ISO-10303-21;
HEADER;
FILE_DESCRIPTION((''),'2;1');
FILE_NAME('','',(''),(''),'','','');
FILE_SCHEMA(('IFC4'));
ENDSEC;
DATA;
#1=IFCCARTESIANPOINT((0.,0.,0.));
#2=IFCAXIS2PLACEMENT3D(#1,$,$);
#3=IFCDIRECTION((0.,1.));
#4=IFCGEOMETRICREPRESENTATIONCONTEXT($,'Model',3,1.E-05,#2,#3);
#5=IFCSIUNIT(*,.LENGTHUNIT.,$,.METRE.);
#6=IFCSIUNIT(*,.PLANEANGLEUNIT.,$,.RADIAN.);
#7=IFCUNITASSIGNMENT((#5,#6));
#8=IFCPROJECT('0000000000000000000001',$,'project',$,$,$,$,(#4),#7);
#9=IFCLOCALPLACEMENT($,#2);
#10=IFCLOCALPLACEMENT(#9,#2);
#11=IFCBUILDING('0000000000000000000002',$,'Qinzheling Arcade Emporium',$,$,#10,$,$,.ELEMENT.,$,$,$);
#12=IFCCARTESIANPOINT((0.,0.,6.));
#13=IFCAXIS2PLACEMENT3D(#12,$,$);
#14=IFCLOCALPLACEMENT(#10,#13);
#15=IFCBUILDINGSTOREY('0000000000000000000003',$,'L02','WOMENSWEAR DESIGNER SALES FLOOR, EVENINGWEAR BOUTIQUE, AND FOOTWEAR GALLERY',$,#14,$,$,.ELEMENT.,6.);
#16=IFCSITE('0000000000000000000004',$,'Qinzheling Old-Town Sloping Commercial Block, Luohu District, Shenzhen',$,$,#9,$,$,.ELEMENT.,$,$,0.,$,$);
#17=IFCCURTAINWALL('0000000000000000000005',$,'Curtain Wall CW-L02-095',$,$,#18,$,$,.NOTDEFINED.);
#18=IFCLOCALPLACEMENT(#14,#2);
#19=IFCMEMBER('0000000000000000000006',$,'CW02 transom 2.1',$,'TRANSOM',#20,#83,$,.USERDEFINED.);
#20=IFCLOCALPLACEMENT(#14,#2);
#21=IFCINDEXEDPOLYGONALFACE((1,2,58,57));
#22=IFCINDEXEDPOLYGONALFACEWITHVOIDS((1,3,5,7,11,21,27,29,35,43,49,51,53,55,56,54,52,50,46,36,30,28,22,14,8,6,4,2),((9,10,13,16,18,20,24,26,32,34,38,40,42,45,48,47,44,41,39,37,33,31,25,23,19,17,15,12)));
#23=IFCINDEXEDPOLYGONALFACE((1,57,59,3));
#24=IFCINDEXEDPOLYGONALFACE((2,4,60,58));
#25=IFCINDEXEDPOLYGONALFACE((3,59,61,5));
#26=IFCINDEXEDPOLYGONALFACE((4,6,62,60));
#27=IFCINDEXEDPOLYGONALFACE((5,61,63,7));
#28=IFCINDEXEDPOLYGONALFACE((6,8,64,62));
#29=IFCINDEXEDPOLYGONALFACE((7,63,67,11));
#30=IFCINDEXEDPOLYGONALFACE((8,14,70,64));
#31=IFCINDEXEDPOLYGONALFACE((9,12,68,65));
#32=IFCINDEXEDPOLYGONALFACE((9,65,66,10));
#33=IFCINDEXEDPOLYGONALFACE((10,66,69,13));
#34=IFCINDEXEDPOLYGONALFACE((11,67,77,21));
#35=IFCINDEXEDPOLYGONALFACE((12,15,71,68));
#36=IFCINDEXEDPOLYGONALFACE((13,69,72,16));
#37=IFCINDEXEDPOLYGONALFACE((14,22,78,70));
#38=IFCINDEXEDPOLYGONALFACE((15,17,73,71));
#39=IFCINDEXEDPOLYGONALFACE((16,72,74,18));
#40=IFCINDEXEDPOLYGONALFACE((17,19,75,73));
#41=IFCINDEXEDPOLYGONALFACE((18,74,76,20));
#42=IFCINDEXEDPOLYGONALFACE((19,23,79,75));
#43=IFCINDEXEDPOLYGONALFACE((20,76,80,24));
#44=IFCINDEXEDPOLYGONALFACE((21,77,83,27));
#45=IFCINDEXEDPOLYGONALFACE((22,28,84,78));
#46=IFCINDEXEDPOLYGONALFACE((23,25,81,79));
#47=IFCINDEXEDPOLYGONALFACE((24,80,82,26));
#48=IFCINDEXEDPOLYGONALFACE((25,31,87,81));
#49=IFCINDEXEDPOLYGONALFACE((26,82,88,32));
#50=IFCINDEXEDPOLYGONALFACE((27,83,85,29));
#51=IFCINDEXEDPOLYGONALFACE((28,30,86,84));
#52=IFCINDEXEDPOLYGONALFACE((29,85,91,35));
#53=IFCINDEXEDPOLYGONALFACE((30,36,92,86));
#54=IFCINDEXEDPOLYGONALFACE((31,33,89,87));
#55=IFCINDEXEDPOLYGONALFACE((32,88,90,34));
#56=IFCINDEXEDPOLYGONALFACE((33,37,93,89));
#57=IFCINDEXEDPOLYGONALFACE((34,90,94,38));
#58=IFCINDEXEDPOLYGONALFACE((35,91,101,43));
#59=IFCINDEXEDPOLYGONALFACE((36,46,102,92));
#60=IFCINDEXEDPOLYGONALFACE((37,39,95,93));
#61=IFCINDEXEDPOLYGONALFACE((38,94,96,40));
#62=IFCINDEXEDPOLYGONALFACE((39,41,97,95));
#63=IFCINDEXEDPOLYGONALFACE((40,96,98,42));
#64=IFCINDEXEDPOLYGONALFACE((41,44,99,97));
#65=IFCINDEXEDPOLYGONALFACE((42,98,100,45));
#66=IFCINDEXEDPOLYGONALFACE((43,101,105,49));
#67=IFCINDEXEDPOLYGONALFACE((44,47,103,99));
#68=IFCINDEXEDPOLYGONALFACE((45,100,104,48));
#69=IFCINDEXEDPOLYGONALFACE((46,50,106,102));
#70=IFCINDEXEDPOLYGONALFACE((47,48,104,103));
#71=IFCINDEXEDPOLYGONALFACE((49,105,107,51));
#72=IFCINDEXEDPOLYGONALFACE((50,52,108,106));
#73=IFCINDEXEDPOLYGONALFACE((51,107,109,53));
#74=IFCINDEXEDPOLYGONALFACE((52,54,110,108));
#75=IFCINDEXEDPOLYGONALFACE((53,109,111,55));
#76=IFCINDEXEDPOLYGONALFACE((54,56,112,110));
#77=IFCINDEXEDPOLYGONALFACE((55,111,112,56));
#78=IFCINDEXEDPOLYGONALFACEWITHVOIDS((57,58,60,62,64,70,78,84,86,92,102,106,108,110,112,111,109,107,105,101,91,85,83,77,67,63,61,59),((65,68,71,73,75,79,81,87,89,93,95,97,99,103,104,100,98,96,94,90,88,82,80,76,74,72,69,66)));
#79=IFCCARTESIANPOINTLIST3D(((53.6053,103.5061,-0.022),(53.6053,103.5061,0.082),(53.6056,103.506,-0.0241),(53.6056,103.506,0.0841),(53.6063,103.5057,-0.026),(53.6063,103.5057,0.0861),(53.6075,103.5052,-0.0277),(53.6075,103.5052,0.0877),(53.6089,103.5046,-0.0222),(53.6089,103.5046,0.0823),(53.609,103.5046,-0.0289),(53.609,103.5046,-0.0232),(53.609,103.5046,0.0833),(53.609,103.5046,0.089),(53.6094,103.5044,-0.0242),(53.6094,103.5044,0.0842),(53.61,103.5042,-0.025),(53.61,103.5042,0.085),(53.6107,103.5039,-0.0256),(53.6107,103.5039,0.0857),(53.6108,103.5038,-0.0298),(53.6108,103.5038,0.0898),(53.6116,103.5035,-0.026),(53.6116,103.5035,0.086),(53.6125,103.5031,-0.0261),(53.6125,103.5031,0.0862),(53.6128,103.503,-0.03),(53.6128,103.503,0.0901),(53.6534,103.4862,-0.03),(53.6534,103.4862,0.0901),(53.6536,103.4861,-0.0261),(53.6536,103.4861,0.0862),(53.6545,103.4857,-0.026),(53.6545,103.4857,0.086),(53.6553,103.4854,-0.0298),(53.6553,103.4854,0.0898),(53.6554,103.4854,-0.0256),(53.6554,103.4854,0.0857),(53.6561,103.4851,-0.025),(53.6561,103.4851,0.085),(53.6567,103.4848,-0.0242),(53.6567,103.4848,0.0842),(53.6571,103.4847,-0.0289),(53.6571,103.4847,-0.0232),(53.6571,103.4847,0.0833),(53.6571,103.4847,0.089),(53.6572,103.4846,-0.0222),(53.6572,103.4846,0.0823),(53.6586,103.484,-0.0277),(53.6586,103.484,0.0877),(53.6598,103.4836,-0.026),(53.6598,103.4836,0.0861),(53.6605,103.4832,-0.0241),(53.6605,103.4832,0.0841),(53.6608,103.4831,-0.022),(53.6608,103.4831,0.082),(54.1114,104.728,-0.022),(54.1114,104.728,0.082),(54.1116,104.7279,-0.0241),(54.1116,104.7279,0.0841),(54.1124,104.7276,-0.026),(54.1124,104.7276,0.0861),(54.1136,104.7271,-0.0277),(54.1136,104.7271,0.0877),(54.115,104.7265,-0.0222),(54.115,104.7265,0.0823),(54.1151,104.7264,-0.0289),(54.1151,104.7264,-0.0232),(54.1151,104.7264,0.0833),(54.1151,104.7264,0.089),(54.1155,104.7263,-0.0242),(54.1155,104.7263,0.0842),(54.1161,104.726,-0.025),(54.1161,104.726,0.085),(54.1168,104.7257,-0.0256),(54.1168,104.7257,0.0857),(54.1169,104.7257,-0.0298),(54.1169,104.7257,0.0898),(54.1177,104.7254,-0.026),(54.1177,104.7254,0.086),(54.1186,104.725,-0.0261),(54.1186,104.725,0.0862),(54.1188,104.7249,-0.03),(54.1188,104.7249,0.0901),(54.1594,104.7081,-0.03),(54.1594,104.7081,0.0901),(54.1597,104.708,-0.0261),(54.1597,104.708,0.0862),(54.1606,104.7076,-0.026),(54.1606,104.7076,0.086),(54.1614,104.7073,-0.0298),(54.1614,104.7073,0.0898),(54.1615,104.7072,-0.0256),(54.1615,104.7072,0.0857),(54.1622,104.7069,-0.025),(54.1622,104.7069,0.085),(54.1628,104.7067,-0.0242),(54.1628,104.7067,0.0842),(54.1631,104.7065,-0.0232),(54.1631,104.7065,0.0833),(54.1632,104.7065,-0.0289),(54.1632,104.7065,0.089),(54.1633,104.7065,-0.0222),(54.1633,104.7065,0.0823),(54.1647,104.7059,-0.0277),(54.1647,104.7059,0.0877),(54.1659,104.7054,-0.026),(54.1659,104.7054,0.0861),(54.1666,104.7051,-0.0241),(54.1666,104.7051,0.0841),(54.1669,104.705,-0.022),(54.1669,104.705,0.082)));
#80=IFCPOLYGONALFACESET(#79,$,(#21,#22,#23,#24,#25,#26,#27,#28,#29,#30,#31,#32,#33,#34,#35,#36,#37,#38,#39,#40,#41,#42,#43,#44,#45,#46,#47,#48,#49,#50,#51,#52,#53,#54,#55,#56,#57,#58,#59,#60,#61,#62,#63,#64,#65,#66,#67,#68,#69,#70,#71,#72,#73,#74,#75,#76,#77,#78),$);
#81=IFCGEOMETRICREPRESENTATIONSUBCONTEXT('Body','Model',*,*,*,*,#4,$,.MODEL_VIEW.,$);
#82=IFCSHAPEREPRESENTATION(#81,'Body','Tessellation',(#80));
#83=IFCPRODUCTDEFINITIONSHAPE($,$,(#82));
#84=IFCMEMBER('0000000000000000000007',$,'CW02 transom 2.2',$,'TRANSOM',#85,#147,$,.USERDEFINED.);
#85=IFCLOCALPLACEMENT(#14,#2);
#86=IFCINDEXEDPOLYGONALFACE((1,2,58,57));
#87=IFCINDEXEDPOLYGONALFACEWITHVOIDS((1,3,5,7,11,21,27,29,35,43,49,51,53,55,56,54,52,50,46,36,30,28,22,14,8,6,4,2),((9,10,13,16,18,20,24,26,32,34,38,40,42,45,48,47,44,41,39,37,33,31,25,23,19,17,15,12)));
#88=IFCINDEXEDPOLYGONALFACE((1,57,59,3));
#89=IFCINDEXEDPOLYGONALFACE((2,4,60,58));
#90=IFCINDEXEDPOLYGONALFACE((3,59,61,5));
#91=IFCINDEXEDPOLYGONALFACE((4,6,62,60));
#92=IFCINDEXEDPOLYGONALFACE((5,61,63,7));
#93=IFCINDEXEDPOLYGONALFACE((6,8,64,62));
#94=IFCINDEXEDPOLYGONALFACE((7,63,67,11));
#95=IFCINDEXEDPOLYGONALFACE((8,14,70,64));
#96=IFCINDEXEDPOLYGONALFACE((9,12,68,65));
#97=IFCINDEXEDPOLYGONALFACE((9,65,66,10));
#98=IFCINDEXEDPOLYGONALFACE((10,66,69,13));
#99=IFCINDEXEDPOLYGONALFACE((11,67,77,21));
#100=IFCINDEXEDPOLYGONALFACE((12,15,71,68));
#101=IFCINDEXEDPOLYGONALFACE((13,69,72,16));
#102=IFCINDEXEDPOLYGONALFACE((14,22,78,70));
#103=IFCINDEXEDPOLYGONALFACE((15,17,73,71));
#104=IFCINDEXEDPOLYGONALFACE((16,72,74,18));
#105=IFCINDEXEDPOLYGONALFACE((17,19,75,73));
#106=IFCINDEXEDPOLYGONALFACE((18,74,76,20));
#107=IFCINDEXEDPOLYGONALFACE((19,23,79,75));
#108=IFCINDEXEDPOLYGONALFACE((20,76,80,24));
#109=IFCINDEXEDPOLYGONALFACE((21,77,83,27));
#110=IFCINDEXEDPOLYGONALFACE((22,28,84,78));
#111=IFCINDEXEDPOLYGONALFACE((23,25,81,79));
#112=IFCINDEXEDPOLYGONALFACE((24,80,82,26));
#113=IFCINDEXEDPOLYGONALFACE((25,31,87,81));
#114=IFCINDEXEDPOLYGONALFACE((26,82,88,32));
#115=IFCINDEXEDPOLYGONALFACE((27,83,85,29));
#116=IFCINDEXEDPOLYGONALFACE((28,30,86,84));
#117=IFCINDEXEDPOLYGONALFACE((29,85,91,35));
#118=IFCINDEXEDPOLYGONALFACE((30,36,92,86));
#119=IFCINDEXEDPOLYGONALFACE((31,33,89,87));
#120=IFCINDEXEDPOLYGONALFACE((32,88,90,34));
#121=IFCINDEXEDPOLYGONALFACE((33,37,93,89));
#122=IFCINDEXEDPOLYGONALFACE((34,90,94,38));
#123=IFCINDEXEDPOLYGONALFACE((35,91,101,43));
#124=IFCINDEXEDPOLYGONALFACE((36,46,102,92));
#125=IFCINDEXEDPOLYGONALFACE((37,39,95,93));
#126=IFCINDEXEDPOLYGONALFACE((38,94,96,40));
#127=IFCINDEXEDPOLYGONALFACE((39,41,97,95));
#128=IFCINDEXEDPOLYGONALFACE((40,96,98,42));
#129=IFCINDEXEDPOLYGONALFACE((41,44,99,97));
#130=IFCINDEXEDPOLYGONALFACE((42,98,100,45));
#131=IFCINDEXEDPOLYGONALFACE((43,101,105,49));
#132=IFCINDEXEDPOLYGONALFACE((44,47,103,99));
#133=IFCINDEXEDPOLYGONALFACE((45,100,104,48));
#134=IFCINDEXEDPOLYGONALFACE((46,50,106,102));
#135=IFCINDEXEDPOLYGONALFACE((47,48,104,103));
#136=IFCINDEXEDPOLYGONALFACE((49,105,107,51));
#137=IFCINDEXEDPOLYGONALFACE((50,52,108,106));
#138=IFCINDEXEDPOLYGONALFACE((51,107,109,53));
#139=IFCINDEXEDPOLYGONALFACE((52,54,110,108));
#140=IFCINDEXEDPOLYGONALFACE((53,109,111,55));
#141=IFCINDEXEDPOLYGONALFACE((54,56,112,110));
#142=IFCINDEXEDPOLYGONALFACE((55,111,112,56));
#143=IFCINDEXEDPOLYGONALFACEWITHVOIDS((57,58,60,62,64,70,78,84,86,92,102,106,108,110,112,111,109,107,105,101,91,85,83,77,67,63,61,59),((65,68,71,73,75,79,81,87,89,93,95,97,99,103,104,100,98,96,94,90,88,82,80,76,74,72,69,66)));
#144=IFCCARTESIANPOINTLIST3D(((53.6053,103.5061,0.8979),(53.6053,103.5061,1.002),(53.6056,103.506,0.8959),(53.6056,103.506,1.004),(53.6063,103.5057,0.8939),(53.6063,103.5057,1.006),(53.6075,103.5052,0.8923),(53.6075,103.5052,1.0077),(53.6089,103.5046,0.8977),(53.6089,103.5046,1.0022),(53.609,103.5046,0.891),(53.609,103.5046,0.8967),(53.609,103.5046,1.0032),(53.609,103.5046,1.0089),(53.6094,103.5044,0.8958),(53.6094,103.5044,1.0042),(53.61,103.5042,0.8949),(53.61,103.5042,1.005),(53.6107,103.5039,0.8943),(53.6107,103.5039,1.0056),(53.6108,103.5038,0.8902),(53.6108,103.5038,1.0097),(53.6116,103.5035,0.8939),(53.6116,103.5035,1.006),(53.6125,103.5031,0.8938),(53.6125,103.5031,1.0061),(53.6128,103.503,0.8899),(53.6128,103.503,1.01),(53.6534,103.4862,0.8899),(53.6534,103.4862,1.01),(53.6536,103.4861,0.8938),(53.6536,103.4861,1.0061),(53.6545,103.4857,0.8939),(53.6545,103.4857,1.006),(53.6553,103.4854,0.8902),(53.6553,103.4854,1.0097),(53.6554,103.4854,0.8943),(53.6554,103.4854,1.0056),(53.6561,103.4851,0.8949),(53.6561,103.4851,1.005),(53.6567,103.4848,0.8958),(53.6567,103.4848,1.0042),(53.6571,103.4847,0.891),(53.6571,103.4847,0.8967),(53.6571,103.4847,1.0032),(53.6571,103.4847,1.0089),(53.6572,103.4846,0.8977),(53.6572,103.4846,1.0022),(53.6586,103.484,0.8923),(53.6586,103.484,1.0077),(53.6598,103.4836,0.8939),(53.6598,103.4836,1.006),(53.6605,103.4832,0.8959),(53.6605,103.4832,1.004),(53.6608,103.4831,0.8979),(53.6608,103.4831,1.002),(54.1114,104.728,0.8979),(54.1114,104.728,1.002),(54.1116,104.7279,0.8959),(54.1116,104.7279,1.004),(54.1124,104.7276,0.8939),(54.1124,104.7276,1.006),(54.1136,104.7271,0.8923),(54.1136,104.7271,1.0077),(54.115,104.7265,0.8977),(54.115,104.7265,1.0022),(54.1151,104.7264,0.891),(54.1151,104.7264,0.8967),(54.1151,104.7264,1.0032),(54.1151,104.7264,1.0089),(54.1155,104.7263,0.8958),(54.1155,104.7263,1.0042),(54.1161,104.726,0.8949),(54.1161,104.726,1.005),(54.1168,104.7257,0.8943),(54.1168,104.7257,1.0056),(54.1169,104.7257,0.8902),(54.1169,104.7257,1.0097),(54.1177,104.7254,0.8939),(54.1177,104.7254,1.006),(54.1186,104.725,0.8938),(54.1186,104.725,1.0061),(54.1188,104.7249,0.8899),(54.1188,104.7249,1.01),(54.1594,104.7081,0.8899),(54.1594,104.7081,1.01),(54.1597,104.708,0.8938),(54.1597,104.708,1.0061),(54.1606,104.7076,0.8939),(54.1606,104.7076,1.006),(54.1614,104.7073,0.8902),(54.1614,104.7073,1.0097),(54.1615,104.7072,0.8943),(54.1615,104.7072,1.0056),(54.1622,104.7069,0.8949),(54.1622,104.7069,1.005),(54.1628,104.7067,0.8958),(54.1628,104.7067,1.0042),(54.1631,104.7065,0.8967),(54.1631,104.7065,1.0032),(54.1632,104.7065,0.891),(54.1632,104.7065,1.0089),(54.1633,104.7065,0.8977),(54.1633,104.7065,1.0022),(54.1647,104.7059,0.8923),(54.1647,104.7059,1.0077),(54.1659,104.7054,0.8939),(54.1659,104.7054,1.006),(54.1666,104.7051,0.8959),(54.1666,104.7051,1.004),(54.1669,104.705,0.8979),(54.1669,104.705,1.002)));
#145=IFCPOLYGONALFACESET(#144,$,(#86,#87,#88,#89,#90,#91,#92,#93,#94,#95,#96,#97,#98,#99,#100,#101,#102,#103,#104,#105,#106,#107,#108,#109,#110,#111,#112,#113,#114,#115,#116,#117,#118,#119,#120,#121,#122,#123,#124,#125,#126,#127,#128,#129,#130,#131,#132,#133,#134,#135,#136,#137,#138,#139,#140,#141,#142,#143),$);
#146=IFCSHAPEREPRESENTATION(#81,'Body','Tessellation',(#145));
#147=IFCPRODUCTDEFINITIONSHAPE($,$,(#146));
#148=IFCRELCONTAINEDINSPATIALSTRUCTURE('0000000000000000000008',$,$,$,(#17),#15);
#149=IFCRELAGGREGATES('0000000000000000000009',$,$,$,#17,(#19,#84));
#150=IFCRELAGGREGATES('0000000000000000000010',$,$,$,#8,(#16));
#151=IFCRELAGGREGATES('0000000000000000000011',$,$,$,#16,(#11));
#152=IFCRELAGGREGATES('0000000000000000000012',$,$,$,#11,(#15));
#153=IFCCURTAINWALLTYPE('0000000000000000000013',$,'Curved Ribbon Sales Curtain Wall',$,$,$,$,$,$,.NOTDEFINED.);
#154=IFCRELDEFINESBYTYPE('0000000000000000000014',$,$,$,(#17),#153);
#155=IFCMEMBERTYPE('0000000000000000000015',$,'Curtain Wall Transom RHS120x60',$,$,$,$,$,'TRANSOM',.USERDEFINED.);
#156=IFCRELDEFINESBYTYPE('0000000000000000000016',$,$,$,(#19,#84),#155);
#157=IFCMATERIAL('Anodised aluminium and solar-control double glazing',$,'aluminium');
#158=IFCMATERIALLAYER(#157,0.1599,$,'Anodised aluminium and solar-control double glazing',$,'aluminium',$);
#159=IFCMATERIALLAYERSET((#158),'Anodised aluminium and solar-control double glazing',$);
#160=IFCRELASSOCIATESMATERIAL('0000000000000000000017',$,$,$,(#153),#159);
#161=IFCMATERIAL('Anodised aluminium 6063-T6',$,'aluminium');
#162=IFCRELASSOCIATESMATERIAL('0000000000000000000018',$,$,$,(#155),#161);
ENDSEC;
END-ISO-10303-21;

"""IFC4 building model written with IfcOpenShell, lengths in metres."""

from ifc_helpers import new_model, si_unit, direction, frame, origin, origin_2d, place, context, subcontext, project, spatial, hollow_rectangle, extrude, material, layer, layer_set, material_profile, profile_set, type_object, element, aggregate, save


model = new_model("IFC4")

# Units and contexts
model_context = context("Model", 3, precision=1e-05, world=origin(), true_north=direction((0.0, 1.0)))
body_context = subcontext(model_context, "Body", "Model", "MODEL_VIEW")
ifc_project = project(units=[si_unit("LENGTHUNIT", "METRE"), si_unit("PLANEANGLEUNIT", "RADIAN")], contexts=[model_context])

# Site, building, storey
site_placement = place(None, origin())
site = spatial("IfcSite", under=ifc_project, at=site_placement, Name="Qinzheling Old-Town Sloping Commercial Block, Luohu District, Shenzhen", CompositionType="ELEMENT", RefElevation=0.0)
building_placement = place(site_placement, origin())
building = spatial("IfcBuilding", under=site, at=building_placement, Name="Qinzheling Arcade Emporium", CompositionType="ELEMENT")
storey_placement = place(building_placement, frame((0.0, 0.0, 6.0)))
storey = spatial("IfcBuildingStorey", under=building, at=storey_placement, Name="L02", Description="WOMENSWEAR DESIGNER SALES FLOOR, EVENINGWEAR BOUTIQUE, AND FOOTWEAR GALLERY", CompositionType="ELEMENT", Elevation=6.0)

# Curtain wall
ifc_material_1 = material(Name="Anodised aluminium and solar-control double glazing", Category="aluminium")
ifc_layer_1 = layer(ifc_material_1, 0.1599, Name="Anodised aluminium and solar-control double glazing", Category="aluminium")
ifc_layer_set_1 = layer_set([ifc_layer_1], Name="Anodised aluminium and solar-control double glazing")
curtain_wall_type = type_object("IfcCurtainWallType", Name="Curved Ribbon Sales Curtain Wall", PredefinedType="NOTDEFINED", material=ifc_layer_set_1)
curtain_wall_1_placement = place(storey_placement, origin())
curtain_wall_1 = element("IfcCurtainWall", 1, at=curtain_wall_1_placement, inside=storey, type_object=curtain_wall_type, Name="Curtain Wall CW-L02-095", PredefinedType="NOTDEFINED")
ifc_material_2 = material(Name="Anodised aluminium 6063-T6", Category="aluminium")

# Members
ifc_material_profile_1 = material_profile(ifc_material_2, hollow_rectangle(XDim=0.0601, YDim=0.1201, WallThickness=0.0039, InnerFilletRadius=0.0039, OuterFilletRadius=0.0081, at=origin_2d()), Name="RHS 120x60x4", Category="aluminium")
ifc_profile_set_1 = profile_set([ifc_material_profile_1], Name="Anodised aluminium 6063-T6")
member_type_1 = type_object("IfcMemberType", Name="Curtain Wall Transom RHS120x60", ElementType="TRANSOM", PredefinedType="USERDEFINED", material=ifc_profile_set_1)
member_1_placement = place(storey_placement, frame((53.6331, 103.4946, 0.03), z_axis=(0.382662, 0.923889, 0.0), x_axis=(-0.923889, 0.382662, 0.0)))
member_1 = element("IfcMember", 2, at=member_1_placement, type_object=member_type_1, Name="CW02 transom 2.1", ObjectType="TRANSOM", PredefinedType="USERDEFINED", context=body_context, shape_type="SweptSolid", body=[
    extrude(hollow_rectangle(XDim=0.0601, YDim=0.1201, WallThickness=0.0039, InnerFilletRadius=0.0039, OuterFilletRadius=0.0081, at=origin_2d()), origin(), (0.0, 0.0, 1.0), 1.3225),
])
member_2_placement = place(storey_placement, frame((53.6331, 103.4946, 0.95), z_axis=(0.382662, 0.923889, 0.0), x_axis=(-0.923889, 0.382662, 0.0)))
member_2 = element("IfcMember", 3, at=member_2_placement, type_object=member_type_1, Name="CW02 transom 2.2", ObjectType="TRANSOM", PredefinedType="USERDEFINED", context=body_context, shape_type="SweptSolid", body=[
    extrude(hollow_rectangle(XDim=0.0601, YDim=0.1201, WallThickness=0.0039, InnerFilletRadius=0.0039, OuterFilletRadius=0.0081, at=origin_2d()), origin(), (0.0, 0.0, 1.0), 1.3225),
])

aggregate(curtain_wall_1, [member_1, member_2])

save(model, "model.ifc")
